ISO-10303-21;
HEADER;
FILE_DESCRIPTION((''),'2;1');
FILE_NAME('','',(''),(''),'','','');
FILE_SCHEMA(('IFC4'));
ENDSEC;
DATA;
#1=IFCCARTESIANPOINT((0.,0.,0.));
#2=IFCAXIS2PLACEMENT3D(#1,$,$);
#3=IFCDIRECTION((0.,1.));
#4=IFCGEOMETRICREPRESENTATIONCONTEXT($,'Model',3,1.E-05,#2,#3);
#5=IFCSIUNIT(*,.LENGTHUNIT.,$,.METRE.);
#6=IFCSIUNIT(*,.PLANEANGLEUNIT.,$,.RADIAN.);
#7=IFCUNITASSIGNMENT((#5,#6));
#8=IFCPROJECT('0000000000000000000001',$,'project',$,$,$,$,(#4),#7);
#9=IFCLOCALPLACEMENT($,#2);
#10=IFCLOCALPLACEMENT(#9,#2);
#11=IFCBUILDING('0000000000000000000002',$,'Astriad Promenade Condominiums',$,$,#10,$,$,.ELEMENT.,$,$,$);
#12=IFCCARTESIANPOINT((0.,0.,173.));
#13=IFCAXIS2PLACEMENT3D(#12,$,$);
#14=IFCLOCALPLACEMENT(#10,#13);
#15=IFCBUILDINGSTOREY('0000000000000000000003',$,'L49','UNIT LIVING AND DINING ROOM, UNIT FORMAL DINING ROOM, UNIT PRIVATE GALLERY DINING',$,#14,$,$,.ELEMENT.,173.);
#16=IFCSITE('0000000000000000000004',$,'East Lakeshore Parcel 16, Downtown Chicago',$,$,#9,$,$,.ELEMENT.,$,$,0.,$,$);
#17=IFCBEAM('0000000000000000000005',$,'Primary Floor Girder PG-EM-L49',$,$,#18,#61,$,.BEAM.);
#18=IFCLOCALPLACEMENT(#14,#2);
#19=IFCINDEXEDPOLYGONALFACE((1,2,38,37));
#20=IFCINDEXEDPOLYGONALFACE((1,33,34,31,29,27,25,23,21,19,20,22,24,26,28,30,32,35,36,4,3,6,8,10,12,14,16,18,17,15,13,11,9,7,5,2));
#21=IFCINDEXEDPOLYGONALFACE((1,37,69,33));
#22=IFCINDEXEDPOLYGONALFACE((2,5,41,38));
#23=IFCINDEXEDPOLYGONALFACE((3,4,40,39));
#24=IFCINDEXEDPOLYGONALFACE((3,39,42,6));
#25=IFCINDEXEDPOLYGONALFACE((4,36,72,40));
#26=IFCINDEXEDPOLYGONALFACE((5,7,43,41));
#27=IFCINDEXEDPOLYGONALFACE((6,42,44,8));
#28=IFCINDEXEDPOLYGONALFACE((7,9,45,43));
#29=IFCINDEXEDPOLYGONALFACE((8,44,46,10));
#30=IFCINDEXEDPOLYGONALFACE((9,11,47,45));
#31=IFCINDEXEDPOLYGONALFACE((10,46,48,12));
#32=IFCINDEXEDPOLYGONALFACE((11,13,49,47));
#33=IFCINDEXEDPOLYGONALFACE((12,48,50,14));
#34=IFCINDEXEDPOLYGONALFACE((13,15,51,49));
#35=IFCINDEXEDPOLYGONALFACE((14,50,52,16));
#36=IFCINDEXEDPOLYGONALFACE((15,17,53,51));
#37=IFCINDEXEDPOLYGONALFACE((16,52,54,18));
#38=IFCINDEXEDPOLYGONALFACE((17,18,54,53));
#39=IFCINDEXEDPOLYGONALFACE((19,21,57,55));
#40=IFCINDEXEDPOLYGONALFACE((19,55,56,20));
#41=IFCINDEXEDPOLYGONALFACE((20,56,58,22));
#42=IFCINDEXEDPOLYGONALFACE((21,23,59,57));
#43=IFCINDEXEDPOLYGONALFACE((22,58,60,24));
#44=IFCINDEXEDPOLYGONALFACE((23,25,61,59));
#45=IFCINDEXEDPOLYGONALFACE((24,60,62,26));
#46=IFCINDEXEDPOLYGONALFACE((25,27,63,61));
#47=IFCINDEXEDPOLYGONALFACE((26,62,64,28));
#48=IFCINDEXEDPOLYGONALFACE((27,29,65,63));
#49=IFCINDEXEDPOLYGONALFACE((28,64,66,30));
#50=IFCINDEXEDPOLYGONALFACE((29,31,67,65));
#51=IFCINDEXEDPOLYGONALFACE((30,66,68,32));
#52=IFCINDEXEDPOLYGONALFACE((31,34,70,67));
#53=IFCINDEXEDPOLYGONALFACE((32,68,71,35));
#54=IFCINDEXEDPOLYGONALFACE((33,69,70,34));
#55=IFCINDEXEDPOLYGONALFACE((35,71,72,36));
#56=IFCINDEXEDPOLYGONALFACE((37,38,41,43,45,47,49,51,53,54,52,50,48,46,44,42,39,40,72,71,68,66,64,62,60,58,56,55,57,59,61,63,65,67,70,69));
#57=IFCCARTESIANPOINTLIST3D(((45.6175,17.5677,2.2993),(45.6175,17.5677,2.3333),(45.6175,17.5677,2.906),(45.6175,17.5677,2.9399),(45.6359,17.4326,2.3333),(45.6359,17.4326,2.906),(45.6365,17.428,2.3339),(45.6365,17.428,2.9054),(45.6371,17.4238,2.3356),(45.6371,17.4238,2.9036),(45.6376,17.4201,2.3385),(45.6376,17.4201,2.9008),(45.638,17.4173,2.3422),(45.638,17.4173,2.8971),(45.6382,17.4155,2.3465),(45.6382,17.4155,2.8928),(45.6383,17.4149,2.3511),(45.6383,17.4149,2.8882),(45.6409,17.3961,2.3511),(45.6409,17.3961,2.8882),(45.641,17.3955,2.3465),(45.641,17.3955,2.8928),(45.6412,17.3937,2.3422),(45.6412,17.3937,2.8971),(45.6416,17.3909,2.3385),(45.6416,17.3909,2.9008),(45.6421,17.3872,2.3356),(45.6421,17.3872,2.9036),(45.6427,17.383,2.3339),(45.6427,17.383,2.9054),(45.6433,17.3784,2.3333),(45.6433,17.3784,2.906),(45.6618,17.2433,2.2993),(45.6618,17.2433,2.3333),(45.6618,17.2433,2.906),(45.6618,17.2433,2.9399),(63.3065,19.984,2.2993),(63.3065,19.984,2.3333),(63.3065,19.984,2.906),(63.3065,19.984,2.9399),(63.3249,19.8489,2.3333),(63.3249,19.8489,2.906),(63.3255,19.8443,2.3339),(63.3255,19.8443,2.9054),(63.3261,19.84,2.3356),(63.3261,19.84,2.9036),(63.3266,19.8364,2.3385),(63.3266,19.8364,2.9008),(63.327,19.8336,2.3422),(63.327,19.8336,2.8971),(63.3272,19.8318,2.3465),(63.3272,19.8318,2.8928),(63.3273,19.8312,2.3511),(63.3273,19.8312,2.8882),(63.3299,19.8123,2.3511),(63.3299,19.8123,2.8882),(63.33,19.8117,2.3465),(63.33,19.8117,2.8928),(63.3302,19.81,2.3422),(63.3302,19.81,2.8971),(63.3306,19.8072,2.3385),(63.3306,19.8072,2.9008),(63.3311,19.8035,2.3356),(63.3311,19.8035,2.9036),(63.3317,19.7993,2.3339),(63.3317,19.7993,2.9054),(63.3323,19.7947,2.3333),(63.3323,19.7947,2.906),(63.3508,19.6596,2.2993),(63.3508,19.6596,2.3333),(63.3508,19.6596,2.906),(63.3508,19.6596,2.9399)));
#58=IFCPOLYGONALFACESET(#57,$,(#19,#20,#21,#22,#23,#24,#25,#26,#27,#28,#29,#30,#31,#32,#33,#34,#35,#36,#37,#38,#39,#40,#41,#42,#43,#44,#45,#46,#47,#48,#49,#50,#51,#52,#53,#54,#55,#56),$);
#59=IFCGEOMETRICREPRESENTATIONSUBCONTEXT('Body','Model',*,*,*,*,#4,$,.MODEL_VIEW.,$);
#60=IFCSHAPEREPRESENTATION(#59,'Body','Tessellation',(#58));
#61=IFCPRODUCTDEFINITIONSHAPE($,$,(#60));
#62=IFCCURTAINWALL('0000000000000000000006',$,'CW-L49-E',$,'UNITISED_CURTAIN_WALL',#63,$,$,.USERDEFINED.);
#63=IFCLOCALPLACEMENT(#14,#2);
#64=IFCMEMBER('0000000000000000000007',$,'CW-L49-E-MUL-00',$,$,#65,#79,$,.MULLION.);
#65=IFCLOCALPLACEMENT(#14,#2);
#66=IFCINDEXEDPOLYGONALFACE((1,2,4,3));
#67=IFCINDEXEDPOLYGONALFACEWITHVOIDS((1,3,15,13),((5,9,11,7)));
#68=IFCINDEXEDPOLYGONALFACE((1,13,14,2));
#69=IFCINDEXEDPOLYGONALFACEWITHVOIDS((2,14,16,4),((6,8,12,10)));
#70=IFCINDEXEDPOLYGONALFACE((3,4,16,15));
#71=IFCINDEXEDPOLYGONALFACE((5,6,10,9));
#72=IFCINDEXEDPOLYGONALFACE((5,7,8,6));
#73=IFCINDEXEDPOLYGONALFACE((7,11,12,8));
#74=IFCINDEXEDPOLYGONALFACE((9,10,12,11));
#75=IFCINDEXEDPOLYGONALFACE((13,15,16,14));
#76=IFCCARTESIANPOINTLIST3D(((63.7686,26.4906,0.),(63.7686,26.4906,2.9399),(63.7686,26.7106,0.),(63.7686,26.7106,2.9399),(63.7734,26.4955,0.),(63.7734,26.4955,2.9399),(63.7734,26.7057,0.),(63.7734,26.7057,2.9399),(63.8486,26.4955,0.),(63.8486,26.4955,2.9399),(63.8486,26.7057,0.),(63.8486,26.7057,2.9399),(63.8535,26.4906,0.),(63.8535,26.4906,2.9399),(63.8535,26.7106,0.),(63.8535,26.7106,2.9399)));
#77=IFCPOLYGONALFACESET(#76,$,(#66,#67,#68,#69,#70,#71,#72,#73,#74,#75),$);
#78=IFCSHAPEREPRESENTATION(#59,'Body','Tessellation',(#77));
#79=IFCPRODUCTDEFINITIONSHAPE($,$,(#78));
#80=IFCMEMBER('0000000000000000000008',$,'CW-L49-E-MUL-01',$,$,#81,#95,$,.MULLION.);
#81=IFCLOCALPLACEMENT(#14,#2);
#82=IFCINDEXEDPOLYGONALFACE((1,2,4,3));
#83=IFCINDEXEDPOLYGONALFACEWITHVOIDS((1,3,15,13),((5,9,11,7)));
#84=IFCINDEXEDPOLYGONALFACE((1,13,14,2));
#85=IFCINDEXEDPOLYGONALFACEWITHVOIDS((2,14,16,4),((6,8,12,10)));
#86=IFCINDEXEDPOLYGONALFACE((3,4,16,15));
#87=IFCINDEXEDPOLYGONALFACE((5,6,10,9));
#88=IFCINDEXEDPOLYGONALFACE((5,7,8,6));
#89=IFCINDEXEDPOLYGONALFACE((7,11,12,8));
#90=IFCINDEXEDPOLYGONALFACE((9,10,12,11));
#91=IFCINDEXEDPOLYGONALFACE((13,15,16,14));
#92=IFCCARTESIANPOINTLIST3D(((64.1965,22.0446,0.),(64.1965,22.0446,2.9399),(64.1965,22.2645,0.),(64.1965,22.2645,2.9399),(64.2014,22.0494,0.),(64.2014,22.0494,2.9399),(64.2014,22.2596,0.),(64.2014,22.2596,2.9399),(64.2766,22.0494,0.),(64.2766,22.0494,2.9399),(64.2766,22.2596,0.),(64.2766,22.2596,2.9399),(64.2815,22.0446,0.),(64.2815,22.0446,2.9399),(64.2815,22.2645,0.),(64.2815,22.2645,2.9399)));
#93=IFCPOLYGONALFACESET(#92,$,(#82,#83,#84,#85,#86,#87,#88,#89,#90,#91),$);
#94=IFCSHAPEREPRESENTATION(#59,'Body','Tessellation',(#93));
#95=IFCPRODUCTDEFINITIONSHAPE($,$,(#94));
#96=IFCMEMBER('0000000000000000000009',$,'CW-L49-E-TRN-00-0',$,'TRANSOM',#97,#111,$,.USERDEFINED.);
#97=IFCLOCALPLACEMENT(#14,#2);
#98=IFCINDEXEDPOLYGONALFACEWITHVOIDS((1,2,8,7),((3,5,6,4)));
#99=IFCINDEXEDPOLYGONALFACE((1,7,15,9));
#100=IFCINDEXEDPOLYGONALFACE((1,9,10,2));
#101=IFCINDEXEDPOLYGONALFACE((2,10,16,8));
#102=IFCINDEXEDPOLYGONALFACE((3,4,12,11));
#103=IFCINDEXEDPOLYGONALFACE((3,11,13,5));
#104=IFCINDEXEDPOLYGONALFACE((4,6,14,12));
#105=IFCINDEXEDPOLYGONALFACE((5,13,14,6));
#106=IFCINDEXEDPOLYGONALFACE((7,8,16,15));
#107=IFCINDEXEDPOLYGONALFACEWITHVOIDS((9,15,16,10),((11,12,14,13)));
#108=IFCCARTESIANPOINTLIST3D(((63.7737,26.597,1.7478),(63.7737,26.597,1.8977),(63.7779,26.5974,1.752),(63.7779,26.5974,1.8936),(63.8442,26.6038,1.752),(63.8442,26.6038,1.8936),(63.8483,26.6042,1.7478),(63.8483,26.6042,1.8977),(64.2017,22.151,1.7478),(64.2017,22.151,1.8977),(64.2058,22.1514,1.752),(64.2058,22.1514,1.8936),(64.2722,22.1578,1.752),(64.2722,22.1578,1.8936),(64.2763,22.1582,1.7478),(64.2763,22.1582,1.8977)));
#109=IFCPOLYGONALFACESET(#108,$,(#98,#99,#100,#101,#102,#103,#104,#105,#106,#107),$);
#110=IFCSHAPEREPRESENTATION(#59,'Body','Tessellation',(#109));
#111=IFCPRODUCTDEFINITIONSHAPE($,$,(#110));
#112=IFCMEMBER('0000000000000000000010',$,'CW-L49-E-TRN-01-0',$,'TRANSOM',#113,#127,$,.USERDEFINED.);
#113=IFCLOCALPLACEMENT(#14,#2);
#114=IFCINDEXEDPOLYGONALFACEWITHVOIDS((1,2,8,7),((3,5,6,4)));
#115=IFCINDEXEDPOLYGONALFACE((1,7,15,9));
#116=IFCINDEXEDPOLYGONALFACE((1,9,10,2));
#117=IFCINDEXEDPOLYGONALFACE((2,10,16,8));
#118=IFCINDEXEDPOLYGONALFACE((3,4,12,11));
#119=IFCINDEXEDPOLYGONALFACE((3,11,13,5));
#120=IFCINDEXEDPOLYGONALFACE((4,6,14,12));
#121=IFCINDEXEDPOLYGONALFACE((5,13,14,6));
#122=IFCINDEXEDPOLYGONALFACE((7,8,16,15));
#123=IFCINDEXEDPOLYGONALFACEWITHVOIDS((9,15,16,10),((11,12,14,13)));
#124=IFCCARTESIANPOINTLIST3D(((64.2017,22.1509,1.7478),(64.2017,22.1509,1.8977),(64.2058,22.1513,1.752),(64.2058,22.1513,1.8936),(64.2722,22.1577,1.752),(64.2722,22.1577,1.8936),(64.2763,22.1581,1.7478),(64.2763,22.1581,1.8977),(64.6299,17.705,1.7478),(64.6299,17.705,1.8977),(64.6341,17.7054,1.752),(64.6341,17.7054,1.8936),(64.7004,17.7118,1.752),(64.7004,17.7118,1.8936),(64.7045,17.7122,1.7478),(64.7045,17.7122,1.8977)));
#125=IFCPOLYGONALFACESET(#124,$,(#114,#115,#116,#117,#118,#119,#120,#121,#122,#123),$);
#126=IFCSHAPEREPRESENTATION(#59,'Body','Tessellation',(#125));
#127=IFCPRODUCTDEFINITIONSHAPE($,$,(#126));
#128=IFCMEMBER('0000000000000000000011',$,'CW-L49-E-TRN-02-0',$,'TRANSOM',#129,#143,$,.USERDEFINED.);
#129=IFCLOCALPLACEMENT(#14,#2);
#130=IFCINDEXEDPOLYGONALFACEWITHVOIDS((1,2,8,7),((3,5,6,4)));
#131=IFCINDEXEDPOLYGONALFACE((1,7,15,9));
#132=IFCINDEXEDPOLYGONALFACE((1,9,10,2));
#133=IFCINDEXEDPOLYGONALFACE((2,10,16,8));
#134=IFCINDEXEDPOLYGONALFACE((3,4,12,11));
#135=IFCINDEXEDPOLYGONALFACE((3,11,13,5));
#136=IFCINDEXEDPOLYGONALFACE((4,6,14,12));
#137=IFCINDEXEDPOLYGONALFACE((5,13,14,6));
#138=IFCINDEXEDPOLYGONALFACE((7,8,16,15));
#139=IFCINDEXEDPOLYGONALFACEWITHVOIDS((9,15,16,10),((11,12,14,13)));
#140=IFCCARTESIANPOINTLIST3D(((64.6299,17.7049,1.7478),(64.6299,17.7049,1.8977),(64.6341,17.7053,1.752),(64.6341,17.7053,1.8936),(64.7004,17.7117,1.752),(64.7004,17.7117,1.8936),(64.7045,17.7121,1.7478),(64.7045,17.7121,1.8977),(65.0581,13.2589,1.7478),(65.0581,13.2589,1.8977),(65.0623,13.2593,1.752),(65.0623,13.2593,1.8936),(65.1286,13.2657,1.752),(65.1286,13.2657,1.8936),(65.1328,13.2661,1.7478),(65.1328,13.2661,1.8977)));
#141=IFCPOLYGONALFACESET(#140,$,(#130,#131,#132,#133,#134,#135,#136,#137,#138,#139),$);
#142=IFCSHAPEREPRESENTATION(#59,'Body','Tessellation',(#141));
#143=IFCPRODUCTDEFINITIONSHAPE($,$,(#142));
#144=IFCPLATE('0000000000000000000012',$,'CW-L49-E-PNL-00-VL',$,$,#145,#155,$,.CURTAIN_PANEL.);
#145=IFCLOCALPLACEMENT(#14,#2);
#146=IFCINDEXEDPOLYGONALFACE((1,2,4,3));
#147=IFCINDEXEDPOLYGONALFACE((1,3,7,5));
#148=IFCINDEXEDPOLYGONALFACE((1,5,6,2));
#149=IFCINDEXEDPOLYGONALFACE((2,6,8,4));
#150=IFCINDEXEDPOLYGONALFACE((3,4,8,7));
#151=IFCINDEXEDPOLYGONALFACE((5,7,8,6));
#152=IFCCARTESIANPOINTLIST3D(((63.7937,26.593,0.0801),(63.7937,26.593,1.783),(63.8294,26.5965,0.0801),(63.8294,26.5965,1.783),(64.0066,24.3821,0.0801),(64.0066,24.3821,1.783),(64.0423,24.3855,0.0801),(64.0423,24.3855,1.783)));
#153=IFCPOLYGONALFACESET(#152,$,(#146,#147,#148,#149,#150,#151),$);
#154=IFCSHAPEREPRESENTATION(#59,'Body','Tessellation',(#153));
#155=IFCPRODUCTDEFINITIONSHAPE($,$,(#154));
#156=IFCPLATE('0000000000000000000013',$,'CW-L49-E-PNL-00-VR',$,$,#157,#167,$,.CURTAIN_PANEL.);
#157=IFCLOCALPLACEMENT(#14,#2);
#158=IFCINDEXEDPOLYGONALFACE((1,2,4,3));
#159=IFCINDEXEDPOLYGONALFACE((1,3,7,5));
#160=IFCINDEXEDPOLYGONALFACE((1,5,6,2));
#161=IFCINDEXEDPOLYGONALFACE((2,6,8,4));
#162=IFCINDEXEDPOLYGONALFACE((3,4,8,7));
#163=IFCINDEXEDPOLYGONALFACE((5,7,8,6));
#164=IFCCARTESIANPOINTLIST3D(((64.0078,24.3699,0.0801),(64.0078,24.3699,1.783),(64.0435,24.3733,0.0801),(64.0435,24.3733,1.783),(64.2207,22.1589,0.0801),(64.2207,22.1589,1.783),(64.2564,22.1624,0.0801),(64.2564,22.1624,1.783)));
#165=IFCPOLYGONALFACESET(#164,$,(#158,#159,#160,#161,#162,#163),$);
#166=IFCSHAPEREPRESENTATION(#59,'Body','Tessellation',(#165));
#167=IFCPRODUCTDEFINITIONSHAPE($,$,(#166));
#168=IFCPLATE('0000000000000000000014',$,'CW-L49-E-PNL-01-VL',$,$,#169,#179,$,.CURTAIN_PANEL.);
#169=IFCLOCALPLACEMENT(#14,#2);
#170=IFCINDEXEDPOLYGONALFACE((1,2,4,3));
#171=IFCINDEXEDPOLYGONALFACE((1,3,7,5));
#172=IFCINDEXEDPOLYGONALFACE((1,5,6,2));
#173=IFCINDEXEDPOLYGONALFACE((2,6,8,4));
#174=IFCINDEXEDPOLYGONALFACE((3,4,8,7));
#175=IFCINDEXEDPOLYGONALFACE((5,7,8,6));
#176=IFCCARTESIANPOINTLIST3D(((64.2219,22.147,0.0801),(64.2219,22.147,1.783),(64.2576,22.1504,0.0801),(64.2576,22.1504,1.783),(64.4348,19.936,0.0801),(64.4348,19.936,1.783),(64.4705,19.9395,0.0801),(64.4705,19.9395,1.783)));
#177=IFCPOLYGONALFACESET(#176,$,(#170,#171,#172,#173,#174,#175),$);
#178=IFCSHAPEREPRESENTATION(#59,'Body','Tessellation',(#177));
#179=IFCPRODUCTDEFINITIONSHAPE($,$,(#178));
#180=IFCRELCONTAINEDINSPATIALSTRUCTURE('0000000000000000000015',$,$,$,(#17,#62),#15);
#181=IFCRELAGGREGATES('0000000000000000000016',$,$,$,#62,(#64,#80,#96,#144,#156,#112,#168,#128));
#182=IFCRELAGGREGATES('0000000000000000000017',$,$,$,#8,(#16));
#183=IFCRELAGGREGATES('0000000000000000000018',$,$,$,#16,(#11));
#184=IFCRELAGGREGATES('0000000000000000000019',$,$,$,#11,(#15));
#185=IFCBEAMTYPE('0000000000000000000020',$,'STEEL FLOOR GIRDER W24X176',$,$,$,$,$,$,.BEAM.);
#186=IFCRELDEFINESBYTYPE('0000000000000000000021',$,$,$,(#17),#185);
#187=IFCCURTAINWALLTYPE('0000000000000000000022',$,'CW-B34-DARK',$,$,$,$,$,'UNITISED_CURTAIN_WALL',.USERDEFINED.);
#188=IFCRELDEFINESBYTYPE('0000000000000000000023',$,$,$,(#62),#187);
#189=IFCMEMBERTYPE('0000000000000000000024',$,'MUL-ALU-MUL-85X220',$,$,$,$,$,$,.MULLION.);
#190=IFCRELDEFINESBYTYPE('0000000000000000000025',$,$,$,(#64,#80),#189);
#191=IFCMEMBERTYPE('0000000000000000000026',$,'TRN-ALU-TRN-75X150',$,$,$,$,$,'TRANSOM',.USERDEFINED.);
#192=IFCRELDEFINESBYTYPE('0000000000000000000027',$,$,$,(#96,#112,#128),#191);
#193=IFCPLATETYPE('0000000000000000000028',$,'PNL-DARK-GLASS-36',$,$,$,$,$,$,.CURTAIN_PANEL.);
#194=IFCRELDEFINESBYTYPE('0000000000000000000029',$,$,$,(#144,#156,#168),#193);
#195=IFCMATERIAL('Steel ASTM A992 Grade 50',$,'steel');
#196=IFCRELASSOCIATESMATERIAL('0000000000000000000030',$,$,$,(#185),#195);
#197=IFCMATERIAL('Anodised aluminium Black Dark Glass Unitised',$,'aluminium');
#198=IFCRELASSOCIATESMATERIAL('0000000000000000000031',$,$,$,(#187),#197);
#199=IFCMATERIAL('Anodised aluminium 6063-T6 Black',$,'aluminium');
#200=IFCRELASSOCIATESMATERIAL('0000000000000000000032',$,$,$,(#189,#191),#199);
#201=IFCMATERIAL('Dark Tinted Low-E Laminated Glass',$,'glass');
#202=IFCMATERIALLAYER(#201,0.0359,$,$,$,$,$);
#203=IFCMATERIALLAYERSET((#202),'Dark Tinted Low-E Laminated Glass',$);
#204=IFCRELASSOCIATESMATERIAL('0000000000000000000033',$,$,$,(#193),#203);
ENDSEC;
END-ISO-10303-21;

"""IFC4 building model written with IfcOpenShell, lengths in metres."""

from ifc_helpers import new_model, si_unit, direction, frame, origin, origin_2d, place, context, subcontext, project, spatial, rectangle, hollow_rectangle, i_section, extrude, source, transform, mapped, material, layer, layer_set, material_profile, profile_set, type_object, type_shapes, element, aggregate, save


model = new_model("IFC4")

# Units and contexts
model_context = context("Model", 3, precision=1e-05, world=origin(), true_north=direction((0.0, 1.0)))
body_context = subcontext(model_context, "Body", "Model", "MODEL_VIEW")
ifc_project = project(units=[si_unit("LENGTHUNIT", "METRE"), si_unit("PLANEANGLEUNIT", "RADIAN")], contexts=[model_context])

# Site, building, storey
site_placement = place(None, origin())
site = spatial("IfcSite", under=ifc_project, at=site_placement, Name="East Lakeshore Parcel 16, Downtown Chicago", CompositionType="ELEMENT", RefElevation=0.0)
building_placement = place(site_placement, origin())
building = spatial("IfcBuilding", under=site, at=building_placement, Name="Astriad Promenade Condominiums", CompositionType="ELEMENT")
storey_placement = place(building_placement, frame((0.0, 0.0, 173.0)))
storey = spatial("IfcBuildingStorey", under=building, at=storey_placement, Name="L49", Description="UNIT LIVING AND DINING ROOM, UNIT FORMAL DINING ROOM, UNIT PRIVATE GALLERY DINING", CompositionType="ELEMENT", Elevation=173.0)

# Beam
ifc_material_1 = material(Name="Steel ASTM A992 Grade 50", Category="steel")
ifc_material_profile_1 = material_profile(ifc_material_1, i_section(OverallWidth=0.3274, OverallDepth=0.6406, WebThickness=0.019, FlangeThickness=0.0339, FilletRadius=0.0178, at=origin_2d()), Name="W24X176")
ifc_profile_set_1 = profile_set([ifc_material_profile_1], Name="Steel ASTM A992 Grade 50")
beam_type_1 = type_object("IfcBeamType", Name="STEEL FLOOR GIRDER W24X176", PredefinedType="BEAM", material=ifc_profile_set_1)
shared_shape_1 = source(origin(), body_context, "Body", "SweptSolid", [
    extrude(i_section(OverallWidth=0.3274, OverallDepth=0.6406, WebThickness=0.019, FlangeThickness=0.0339, FilletRadius=0.0178, at=origin_2d()), origin(), (0.0, 0.0, 1.0), 17.8533),
])
type_shapes(beam_type_1, [shared_shape_1])
beam_1_placement = place(storey_placement, frame((63.3286, 19.8218, 2.6196), z_axis=(-0.990799, -0.13534, 0.0), x_axis=(0.13534, -0.990799, 0.0)))
element("IfcBeam", 1, at=beam_1_placement, inside=storey, type_object=beam_type_1, Name="Primary Floor Girder PG-EM-L49", PredefinedType="BEAM", context=body_context, shape_type="MappedRepresentation", body=[
    mapped(shared_shape_1, transform((0.0, 0.0, 0.0), scale=1.0)),
])

# Curtain wall, members, plates
ifc_material_2 = material(Name="Anodised aluminium Black Dark Glass Unitised", Category="aluminium")
curtain_wall_type = type_object("IfcCurtainWallType", Name="CW-B34-DARK", ElementType="UNITISED_CURTAIN_WALL", PredefinedType="USERDEFINED", material=ifc_material_2)
curtain_wall_placement = place(storey_placement, origin())
curtain_wall = element("IfcCurtainWall", 2, at=curtain_wall_placement, inside=storey, type_object=curtain_wall_type, Name="CW-L49-E", ObjectType="UNITISED_CURTAIN_WALL", PredefinedType="USERDEFINED")
ifc_material_3 = material(Name="Anodised aluminium 6063-T6 Black", Category="aluminium")
ifc_material_profile_2 = material_profile(ifc_material_3, hollow_rectangle(XDim=0.085, YDim=0.22, WallThickness=0.0049, at=origin_2d()), Name="ALU-MUL-85X220")
ifc_profile_set_2 = profile_set([ifc_material_profile_2], Name="Anodised aluminium 6063-T6 Black")
member_type_1 = type_object("IfcMemberType", Name="MUL-ALU-MUL-85X220", PredefinedType="MULLION", material=ifc_profile_set_2)
shared_shape_2 = source(origin(), body_context, "Body", "SweptSolid", [
    extrude(hollow_rectangle(XDim=0.085, YDim=0.22, WallThickness=0.0049, at=origin_2d()), origin(), (0.0, 0.0, 1.0), 2.9399),
])
type_shapes(member_type_1, [shared_shape_2])
member_1_placement = place(storey_placement, frame((63.811, 26.6006, 0.0), z_axis=(0.0, 0.0, 1.0), x_axis=(1.0, 0.0, 0.0)))
member_1 = element("IfcMember", 3, at=member_1_placement, type_object=member_type_1, Name="CW-L49-E-MUL-00", PredefinedType="MULLION", context=body_context, shape_type="MappedRepresentation", body=[
    mapped(shared_shape_2, transform((0.0, 0.0, 0.0), scale=1.0)),
])
member_2_placement = place(storey_placement, frame((64.239, 22.1545, 0.0), z_axis=(0.0, 0.0, 1.0), x_axis=(1.0, 0.0, 0.0)))
member_2 = element("IfcMember", 4, at=member_2_placement, type_object=member_type_1, Name="CW-L49-E-MUL-01", PredefinedType="MULLION", context=body_context, shape_type="MappedRepresentation", body=[
    mapped(shared_shape_2, transform((0.0, 0.0, 0.0), scale=1.0)),
])
ifc_material_profile_3 = material_profile(ifc_material_3, hollow_rectangle(XDim=0.075, YDim=0.1499, WallThickness=0.0042, at=origin_2d()), Name="ALU-TRN-75X150")
ifc_profile_set_3 = profile_set([ifc_material_profile_3], Name="Anodised aluminium 6063-T6 Black")
member_type_2 = type_object("IfcMemberType", Name="TRN-ALU-TRN-75X150", ElementType="TRANSOM", PredefinedType="USERDEFINED", material=ifc_profile_set_3)
shared_shape_3 = source(origin(), body_context, "Body", "SweptSolid", [
    extrude(hollow_rectangle(XDim=0.075, YDim=0.1499, WallThickness=0.0042, at=origin_2d()), origin(), (0.0, 0.0, 1.0), 4.4666),
])
type_shapes(member_type_2, [shared_shape_3])
member_3_placement = place(storey_placement, frame((63.811, 26.6006, 1.8228), z_axis=(0.095818, -0.995399, 0.0), x_axis=(0.995399, 0.095818, 0.0)))
member_3 = element("IfcMember", 5, at=member_3_placement, type_object=member_type_2, Name="CW-L49-E-TRN-00-0", ObjectType="TRANSOM", PredefinedType="USERDEFINED", context=body_context, shape_type="MappedRepresentation", body=[
    mapped(shared_shape_3, transform((0.0, 0.0, 0.0), scale=1.0)),
])
member_4_placement = place(storey_placement, frame((64.239, 22.1545, 1.8228), z_axis=(0.095872, -0.995394, 0.0), x_axis=(0.995394, 0.095872, 0.0)))
member_4 = element("IfcMember", 6, at=member_4_placement, type_object=member_type_2, Name="CW-L49-E-TRN-01-0", ObjectType="TRANSOM", PredefinedType="USERDEFINED", context=body_context, shape_type="MappedRepresentation", body=[
    mapped(shared_shape_3, transform((0.0, 0.0, 0.0), scale=1.0)),
])
member_5_placement = place(storey_placement, frame((64.6672, 17.7085, 1.8228), z_axis=(0.095872, -0.995394, 0.0), x_axis=(0.995394, 0.095872, 0.0)))
member_5 = element("IfcMember", 7, at=member_5_placement, type_object=member_type_2, Name="CW-L49-E-TRN-02-0", ObjectType="TRANSOM", PredefinedType="USERDEFINED", context=body_context, shape_type="MappedRepresentation", body=[
    mapped(shared_shape_3, transform((0.0, 0.0, 0.0), scale=1.0)),
])
ifc_material_4 = material(Name="Dark Tinted Low-E Laminated Glass", Category="glass")
ifc_layer_1 = layer(ifc_material_4, 0.0359)
ifc_layer_set_1 = layer_set([ifc_layer_1], Name="Dark Tinted Low-E Laminated Glass")
plate_type = type_object("IfcPlateType", Name="PNL-DARK-GLASS-36", PredefinedType="CURTAIN_PANEL", material=ifc_layer_set_1)
shared_shape_4 = source(origin(), body_context, "Body", "SweptSolid", [
    extrude(rectangle(XDim=2.2212, YDim=0.0359, at=origin_2d()), origin(), (0.0, 0.0, 1.0), 1.7029),
])
plate_1_placement = place(storey_placement, frame((63.918, 25.4893, 0.0801), z_axis=(0.0, 0.0, 1.0), x_axis=(0.095846, -0.995396, 0.0)))
plate_1 = element("IfcPlate", 8, at=plate_1_placement, type_object=plate_type, Name="CW-L49-E-PNL-00-VL", PredefinedType="CURTAIN_PANEL", context=body_context, shape_type="MappedRepresentation", body=[
    mapped(shared_shape_4, transform((0.0, 0.0, 0.0), scale=1.0)),
])
plate_2_placement = place(storey_placement, frame((64.1321, 23.2661, 0.0801), z_axis=(0.0, 0.0, 1.0), x_axis=(0.095846, -0.995396, 0.0)))
plate_2 = element("IfcPlate", 9, at=plate_2_placement, type_object=plate_type, Name="CW-L49-E-PNL-00-VR", PredefinedType="CURTAIN_PANEL", context=body_context, shape_type="MappedRepresentation", body=[
    mapped(shared_shape_4, transform((0.0, 0.0, 0.0), scale=1.0)),
])
plate_3_placement = place(storey_placement, frame((64.3462, 21.0432, 0.0801), z_axis=(0.0, 0.0, 1.0), x_axis=(0.095846, -0.995396, 0.0)))
plate_3 = element("IfcPlate", 10, at=plate_3_placement, type_object=plate_type, Name="CW-L49-E-PNL-01-VL", PredefinedType="CURTAIN_PANEL", context=body_context, shape_type="MappedRepresentation", body=[
    mapped(shared_shape_4, transform((0.0, 0.0, 0.0), scale=1.0)),
])
aggregate(curtain_wall, [member_1, member_2, member_3, plate_1, plate_2, member_4, plate_3, member_5])

save(model, "model.ifc")
